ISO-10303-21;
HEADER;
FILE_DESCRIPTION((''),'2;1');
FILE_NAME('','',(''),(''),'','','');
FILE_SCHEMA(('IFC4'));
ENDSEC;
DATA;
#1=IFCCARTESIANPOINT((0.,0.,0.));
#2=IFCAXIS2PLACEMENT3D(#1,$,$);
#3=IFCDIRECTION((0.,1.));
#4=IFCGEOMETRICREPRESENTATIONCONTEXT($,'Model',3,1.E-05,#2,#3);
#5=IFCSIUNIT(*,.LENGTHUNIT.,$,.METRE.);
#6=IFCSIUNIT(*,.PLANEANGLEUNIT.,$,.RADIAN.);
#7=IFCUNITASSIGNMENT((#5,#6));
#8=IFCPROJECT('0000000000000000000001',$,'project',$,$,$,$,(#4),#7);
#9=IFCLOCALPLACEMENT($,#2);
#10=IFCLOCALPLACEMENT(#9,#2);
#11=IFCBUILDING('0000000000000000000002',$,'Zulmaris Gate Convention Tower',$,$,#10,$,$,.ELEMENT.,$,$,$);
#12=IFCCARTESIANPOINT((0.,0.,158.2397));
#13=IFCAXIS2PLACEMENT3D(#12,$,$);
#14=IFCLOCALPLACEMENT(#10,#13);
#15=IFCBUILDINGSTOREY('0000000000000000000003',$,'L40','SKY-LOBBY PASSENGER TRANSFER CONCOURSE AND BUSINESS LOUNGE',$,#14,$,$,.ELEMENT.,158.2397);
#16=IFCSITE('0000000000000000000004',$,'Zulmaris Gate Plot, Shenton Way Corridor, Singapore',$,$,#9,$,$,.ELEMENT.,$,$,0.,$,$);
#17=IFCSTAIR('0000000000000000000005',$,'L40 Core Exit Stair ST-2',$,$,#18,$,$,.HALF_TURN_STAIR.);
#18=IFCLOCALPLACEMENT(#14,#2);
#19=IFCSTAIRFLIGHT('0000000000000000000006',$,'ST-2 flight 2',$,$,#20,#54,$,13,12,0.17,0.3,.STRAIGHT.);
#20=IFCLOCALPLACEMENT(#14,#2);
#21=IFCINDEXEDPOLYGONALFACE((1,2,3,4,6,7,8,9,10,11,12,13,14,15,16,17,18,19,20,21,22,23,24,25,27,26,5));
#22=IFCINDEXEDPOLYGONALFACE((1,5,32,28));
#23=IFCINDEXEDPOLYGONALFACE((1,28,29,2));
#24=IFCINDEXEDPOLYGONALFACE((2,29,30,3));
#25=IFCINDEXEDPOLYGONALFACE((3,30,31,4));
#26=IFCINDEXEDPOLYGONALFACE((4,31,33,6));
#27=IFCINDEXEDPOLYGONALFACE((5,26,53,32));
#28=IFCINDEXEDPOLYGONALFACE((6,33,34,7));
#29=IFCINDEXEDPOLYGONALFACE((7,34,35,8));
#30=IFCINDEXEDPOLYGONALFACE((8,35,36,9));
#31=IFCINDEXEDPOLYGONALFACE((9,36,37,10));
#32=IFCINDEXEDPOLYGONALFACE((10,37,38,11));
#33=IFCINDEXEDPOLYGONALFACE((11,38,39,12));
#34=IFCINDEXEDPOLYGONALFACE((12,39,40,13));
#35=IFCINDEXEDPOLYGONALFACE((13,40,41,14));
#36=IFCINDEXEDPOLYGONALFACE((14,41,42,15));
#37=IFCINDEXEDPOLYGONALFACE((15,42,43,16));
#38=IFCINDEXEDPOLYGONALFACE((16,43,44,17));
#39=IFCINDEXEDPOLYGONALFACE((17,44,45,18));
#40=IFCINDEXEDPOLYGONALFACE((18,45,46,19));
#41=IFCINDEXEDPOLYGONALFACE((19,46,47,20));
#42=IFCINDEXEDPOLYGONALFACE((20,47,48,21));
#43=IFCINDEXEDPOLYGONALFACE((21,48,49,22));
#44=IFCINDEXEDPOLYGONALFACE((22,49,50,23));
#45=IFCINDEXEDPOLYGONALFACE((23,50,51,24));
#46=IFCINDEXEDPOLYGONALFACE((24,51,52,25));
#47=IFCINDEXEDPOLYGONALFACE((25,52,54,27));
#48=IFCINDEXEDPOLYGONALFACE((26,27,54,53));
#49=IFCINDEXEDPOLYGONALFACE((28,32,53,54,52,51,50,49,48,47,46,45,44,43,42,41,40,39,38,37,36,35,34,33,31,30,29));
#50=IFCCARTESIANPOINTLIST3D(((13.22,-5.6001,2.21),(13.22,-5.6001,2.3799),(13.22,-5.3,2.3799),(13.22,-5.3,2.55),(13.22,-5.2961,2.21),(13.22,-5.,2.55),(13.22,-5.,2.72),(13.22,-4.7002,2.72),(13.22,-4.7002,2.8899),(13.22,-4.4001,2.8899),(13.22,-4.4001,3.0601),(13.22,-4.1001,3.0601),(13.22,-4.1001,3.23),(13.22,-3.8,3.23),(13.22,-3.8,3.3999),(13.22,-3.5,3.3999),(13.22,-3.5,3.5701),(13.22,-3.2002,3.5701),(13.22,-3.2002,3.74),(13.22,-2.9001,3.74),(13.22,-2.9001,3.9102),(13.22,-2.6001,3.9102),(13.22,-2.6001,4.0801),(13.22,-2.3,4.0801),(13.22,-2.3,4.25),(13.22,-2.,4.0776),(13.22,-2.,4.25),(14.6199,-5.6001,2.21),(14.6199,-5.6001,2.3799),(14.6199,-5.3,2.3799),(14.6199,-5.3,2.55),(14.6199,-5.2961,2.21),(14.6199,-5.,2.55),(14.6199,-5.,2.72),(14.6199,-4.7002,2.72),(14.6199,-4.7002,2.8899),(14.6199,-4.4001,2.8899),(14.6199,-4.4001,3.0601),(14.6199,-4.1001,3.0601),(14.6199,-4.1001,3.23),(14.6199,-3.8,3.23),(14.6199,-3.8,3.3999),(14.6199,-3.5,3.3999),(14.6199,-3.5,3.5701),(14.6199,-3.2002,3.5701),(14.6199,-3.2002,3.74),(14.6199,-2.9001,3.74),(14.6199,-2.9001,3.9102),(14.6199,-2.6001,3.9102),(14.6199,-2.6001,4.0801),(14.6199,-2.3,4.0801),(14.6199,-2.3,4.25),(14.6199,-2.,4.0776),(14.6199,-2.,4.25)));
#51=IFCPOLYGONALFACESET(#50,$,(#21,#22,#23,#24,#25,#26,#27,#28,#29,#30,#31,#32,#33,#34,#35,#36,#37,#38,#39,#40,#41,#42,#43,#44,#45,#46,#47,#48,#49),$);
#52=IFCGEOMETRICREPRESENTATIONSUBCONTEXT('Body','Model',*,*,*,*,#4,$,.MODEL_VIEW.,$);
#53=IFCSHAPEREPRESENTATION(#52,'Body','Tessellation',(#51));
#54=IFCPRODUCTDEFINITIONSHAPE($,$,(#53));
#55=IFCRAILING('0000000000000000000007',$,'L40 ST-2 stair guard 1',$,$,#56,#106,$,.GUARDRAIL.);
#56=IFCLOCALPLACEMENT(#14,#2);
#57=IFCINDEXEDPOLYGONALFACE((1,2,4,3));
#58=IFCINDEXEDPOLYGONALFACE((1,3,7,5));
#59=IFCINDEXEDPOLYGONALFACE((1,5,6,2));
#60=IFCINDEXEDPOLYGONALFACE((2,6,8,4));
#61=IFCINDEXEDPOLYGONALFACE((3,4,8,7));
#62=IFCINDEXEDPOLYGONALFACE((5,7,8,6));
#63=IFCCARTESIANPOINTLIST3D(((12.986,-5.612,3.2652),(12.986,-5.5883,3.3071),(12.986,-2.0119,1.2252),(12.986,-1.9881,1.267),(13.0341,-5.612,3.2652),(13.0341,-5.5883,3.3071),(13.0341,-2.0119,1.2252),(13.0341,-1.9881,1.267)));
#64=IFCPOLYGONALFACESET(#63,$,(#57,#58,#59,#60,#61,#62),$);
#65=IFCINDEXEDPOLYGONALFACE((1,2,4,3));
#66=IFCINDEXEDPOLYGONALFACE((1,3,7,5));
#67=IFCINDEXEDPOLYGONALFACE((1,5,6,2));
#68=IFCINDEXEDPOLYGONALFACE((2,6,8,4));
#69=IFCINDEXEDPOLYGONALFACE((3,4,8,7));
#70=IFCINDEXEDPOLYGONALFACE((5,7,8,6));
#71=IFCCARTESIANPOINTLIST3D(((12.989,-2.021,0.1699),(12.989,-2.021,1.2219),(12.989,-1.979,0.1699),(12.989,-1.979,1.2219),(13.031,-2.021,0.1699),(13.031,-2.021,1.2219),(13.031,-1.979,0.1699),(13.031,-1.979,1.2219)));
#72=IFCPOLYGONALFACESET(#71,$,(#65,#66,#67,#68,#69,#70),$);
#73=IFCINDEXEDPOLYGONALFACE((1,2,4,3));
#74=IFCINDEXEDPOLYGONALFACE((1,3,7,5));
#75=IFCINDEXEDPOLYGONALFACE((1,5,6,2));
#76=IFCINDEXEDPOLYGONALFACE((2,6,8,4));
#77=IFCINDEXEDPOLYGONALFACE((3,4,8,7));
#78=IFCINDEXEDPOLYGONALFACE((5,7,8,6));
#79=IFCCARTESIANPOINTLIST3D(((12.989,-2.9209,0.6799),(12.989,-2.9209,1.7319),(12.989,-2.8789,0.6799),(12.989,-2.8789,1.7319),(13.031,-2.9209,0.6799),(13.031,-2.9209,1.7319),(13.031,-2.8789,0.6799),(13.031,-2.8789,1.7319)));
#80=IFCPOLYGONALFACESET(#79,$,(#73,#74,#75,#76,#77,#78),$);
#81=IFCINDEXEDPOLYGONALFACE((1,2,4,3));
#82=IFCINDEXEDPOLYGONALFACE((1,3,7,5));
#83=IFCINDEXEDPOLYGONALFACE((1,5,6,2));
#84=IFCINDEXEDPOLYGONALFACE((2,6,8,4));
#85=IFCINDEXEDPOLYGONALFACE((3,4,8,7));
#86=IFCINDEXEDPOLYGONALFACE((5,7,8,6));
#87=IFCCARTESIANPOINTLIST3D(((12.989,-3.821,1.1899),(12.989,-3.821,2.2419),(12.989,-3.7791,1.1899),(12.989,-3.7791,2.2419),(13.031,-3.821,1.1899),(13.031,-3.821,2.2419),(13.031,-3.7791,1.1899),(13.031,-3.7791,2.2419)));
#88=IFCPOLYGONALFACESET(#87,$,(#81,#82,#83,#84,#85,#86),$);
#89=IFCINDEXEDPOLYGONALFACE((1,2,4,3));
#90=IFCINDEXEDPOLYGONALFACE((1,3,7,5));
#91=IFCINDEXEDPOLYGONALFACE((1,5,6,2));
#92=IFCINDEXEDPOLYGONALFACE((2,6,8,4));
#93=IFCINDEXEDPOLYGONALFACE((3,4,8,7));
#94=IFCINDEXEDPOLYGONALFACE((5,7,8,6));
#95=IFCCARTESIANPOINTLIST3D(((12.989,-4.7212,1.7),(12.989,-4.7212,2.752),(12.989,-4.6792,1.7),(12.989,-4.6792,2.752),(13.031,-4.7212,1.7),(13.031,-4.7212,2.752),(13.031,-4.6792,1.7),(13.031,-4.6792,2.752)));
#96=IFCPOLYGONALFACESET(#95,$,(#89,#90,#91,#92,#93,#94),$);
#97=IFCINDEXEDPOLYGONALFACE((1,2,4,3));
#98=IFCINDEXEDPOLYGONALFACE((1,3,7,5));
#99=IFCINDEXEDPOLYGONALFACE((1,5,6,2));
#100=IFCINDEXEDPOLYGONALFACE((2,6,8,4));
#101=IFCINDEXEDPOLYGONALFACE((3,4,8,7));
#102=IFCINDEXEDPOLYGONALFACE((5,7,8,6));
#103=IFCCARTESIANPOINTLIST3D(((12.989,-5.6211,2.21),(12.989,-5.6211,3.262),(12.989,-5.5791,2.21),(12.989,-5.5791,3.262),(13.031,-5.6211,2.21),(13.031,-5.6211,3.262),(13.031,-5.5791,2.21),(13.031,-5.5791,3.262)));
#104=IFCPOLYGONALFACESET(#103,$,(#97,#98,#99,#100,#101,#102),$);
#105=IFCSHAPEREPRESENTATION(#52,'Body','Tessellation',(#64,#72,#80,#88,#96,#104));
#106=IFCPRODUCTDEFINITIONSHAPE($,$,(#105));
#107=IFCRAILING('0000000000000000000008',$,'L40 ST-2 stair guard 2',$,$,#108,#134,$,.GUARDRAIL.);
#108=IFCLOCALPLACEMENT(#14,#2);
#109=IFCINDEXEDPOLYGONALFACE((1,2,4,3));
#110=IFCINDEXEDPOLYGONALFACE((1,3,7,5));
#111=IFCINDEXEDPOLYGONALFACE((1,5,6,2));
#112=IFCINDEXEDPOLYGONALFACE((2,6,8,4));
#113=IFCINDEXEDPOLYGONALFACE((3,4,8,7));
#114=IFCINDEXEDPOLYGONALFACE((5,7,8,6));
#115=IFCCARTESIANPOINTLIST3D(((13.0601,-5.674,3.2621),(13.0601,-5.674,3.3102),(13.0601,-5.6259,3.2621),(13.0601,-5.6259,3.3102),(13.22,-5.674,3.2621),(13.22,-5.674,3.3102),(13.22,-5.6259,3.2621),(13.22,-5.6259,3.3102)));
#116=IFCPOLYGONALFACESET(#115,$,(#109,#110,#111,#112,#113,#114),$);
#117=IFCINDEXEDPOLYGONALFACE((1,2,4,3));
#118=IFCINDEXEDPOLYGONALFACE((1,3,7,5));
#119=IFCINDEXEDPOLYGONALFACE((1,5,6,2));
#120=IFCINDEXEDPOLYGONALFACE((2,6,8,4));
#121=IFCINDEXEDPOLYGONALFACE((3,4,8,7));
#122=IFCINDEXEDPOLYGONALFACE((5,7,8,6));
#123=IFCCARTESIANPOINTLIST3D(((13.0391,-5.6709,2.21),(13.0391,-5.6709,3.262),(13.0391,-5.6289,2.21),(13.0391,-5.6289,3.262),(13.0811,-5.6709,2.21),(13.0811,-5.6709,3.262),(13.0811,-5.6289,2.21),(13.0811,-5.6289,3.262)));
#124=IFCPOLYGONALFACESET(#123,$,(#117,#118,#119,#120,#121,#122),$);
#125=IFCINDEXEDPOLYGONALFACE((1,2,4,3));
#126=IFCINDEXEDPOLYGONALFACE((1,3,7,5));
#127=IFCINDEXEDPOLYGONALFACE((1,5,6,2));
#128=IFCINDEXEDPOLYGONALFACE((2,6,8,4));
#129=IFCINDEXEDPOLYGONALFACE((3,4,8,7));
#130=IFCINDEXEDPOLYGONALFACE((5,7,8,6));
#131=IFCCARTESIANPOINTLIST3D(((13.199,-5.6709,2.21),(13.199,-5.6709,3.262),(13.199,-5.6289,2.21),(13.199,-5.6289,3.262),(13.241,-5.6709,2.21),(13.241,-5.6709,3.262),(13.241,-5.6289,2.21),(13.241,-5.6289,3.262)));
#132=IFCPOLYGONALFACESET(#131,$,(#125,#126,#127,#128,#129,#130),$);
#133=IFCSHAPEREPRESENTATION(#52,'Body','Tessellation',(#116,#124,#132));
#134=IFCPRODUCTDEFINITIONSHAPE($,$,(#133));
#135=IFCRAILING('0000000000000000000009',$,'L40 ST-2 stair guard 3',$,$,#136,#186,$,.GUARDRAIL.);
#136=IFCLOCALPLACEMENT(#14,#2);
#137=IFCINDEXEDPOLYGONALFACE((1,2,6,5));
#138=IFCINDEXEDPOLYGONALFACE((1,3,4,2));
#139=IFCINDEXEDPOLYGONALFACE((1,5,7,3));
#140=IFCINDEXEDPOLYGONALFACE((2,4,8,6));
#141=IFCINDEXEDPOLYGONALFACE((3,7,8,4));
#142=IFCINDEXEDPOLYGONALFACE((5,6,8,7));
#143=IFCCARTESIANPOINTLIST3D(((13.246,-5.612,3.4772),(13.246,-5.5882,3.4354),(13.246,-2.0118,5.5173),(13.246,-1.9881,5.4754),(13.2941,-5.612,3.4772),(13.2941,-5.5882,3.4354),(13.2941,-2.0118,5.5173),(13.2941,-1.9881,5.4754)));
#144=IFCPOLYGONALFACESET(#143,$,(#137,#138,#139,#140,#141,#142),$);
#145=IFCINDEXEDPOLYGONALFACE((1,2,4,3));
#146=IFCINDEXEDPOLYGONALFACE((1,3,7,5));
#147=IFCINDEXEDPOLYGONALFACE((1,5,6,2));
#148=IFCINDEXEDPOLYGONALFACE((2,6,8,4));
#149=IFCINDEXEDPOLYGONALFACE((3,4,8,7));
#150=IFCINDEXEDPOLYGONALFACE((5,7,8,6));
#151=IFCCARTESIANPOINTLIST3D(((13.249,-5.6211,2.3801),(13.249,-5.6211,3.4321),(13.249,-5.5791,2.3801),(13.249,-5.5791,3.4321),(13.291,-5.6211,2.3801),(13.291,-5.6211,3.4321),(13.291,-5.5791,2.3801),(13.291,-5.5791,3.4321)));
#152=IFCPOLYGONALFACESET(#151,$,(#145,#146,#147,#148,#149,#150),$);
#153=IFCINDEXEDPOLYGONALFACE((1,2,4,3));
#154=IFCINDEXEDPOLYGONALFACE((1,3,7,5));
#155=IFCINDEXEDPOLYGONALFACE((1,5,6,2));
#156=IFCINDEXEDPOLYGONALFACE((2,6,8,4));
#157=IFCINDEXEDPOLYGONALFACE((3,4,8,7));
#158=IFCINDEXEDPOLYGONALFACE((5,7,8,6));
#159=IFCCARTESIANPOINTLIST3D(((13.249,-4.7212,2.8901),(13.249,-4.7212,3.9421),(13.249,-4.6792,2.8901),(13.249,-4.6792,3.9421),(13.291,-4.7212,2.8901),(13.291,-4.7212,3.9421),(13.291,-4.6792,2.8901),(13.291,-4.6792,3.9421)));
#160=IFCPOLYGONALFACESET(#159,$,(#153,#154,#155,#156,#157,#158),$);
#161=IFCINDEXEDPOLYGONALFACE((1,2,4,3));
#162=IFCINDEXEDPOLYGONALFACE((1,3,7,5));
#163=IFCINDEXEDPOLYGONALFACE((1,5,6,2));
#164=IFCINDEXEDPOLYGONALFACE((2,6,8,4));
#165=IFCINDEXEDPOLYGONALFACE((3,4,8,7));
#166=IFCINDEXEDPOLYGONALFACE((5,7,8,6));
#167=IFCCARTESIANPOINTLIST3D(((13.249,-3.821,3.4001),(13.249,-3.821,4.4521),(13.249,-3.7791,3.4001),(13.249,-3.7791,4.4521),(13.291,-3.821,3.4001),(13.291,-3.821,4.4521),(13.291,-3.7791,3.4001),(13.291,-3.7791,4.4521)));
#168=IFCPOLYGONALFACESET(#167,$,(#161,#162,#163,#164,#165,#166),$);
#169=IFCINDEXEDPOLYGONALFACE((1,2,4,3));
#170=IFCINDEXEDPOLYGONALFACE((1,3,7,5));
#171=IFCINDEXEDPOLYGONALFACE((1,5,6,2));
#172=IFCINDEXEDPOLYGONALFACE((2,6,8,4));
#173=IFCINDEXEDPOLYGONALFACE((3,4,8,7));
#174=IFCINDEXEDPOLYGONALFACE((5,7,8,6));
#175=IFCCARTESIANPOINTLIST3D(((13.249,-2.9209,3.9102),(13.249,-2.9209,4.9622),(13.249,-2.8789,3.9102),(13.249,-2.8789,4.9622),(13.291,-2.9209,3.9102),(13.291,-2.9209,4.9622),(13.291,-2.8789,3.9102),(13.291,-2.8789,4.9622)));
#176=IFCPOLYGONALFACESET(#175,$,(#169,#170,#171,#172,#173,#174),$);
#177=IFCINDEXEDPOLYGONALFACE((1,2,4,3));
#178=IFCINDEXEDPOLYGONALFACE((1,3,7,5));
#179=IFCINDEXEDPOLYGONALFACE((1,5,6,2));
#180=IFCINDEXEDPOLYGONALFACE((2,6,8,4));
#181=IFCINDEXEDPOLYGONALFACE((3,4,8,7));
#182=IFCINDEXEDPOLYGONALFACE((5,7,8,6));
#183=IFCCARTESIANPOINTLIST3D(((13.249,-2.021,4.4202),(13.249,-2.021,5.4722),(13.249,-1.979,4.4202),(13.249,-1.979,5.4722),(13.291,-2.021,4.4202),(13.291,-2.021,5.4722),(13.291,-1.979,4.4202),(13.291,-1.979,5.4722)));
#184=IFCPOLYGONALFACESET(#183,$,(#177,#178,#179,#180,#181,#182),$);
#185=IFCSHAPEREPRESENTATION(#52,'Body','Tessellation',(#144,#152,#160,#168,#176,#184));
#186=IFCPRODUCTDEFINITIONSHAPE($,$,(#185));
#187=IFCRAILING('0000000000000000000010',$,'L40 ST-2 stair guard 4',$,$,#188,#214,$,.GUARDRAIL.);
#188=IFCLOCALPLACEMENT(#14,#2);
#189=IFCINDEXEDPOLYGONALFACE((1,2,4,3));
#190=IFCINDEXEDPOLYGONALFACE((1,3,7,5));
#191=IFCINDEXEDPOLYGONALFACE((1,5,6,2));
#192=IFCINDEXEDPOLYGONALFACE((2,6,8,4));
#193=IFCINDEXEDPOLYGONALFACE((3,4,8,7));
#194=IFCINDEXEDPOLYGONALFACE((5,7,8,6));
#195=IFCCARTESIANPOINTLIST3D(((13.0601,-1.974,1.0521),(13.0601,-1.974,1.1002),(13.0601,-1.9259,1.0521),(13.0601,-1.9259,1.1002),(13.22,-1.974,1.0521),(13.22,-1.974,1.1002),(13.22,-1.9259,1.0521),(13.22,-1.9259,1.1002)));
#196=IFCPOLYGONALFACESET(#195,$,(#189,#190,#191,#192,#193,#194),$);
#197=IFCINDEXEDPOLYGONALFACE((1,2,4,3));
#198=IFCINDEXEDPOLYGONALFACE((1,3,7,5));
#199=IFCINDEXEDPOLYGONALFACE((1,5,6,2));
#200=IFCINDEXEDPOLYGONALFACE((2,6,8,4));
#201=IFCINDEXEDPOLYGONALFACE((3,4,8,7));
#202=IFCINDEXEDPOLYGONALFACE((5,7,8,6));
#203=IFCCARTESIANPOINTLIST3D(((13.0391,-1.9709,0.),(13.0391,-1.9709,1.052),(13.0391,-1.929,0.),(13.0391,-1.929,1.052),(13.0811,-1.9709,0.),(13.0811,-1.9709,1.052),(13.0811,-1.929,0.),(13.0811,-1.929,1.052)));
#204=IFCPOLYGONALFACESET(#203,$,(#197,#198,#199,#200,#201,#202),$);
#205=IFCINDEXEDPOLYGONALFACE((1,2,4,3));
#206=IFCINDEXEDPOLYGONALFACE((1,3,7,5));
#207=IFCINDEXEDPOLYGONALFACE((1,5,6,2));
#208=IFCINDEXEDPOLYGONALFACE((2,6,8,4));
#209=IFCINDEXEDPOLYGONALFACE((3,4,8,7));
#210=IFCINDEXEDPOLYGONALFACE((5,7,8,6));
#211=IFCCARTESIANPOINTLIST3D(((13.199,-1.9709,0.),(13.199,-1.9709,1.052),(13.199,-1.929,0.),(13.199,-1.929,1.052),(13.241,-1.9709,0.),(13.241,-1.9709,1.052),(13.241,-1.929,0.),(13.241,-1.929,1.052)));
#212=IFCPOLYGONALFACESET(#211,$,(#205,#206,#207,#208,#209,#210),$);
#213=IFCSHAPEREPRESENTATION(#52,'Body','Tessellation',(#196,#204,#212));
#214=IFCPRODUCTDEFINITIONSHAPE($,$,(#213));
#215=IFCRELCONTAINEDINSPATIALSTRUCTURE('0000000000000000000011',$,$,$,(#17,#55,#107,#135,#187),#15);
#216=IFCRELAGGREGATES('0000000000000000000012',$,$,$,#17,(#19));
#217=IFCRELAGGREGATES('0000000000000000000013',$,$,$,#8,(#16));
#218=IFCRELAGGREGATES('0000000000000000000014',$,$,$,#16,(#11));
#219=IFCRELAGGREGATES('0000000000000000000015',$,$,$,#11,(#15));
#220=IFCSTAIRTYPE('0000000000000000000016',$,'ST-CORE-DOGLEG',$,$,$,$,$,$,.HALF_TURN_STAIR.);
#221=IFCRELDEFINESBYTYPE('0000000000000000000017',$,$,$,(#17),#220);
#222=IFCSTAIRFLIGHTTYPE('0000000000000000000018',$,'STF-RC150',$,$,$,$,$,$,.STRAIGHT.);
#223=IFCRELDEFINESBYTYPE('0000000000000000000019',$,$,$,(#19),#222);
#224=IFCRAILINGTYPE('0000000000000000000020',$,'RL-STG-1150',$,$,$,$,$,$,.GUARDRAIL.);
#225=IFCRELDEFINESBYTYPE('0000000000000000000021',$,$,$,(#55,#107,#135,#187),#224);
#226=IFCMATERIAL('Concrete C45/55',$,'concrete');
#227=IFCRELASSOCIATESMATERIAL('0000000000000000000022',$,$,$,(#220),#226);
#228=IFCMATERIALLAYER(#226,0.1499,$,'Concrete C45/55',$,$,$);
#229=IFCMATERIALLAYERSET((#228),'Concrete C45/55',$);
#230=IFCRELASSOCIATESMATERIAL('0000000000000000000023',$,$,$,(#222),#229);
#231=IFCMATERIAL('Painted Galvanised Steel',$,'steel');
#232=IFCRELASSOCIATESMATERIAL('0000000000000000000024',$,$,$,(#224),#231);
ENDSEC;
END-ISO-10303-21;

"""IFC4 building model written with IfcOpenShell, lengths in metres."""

from ifc_helpers import new_model, si_unit, direction, frame, origin, origin_2d, place, context, subcontext, project, spatial, polyline, rectangle, outline, extrude, material, layer, layer_set, type_object, element, aggregate, save


model = new_model("IFC4")

# Units and contexts
model_context = context("Model", 3, precision=1e-05, world=origin(), true_north=direction((0.0, 1.0)))
body_context = subcontext(model_context, "Body", "Model", "MODEL_VIEW")
ifc_project = project(units=[si_unit("LENGTHUNIT", "METRE"), si_unit("PLANEANGLEUNIT", "RADIAN")], contexts=[model_context])

# Site, building, storey
site_placement = place(None, origin())
site = spatial("IfcSite", under=ifc_project, at=site_placement, Name="Zulmaris Gate Plot, Shenton Way Corridor, Singapore", CompositionType="ELEMENT", RefElevation=0.0)
building_placement = place(site_placement, origin())
building = spatial("IfcBuilding", under=site, at=building_placement, Name="Zulmaris Gate Convention Tower", CompositionType="ELEMENT")
storey_placement = place(building_placement, frame((0.0, 0.0, 158.2397)))
storey = spatial("IfcBuildingStorey", under=building, at=storey_placement, Name="L40", Description="SKY-LOBBY PASSENGER TRANSFER CONCOURSE AND BUSINESS LOUNGE", CompositionType="ELEMENT", Elevation=158.2397)

# Stair, stair flight
ifc_material_1 = material(Name="Concrete C45/55", Category="concrete")
stair_type = type_object("IfcStairType", Name="ST-CORE-DOGLEG", PredefinedType="HALF_TURN_STAIR", material=ifc_material_1)
stair_placement = place(storey_placement, origin())
stair = element("IfcStair", 1, at=stair_placement, inside=storey, type_object=stair_type, Name="L40 Core Exit Stair ST-2", PredefinedType="HALF_TURN_STAIR")
ifc_layer_1 = layer(ifc_material_1, 0.1499, Name="Concrete C45/55")
ifc_layer_set_1 = layer_set([ifc_layer_1], Name="Concrete C45/55")
stair_flight_type = type_object("IfcStairFlightType", Name="STF-RC150", PredefinedType="STRAIGHT", material=ifc_layer_set_1)
stair_flight_1_placement = place(storey_placement, frame((13.9199, -5.6001, 2.21), z_axis=(0.0, 0.0, 1.0), x_axis=(0.0, 1.0, 0.0)))
stair_flight_1 = element("IfcStairFlight", 2, at=stair_flight_1_placement, type_object=stair_flight_type, Name="ST-2 flight 2", NumberOfRisers=13, NumberOfTreads=12, PredefinedType="STRAIGHT", RiserHeight=0.17, TreadLength=0.3, context=body_context, shape_type="SweptSolid", body=[
    extrude(outline(polyline([(0.0, 0.0), (0.0, 0.1699), (0.3, 0.1699), (0.3, 0.3401), (0.6001, 0.3401), (0.6001, 0.51), (0.8999, 0.51), (0.8999, 0.6799), (1.2, 0.6799), (1.2, 0.8501), (1.5, 0.8501), (1.5, 1.02), (1.8, 1.02), (1.8, 1.1899), (2.1001, 1.1899), (2.1001, 1.3601), (2.3999, 1.3601), (2.3999, 1.53), (2.7, 1.53), (2.7, 1.7002), (3.0, 1.7002), (3.0, 1.8701), (3.3, 1.8701), (3.3, 2.04), (3.6001, 2.04), (3.6001, 2.2102), (3.6001, 1.8677), (0.304, 0.0), (0.0, 0.0)])), frame((0.0, 0.7, 0.0), z_axis=(0.0, -1.0, 0.0), x_axis=(1.0, 0.0, 0.0)), (0.0, 0.0, 1.0), 1.3999),
])
aggregate(stair, [stair_flight_1])

# Railings
ifc_material_2 = material(Name="Painted Galvanised Steel", Category="steel")
railing_type_1 = type_object("IfcRailingType", Name="RL-STG-1150", PredefinedType="GUARDRAIL", material=ifc_material_2)
railing_1_placement = place(storey_placement, frame((13.01, -2.0, 0.1699)))
element("IfcRailing", 3, at=railing_1_placement, inside=storey, type_object=railing_type_1, Name="L40 ST-2 stair guard 1", PredefinedType="GUARDRAIL", context=body_context, shape_type="SweptSolid", body=[
    extrude(rectangle(XDim=0.0481, YDim=0.0481, at=origin_2d()), frame((0.0, 0.0, 1.0762), z_axis=(0.0, -0.870024, 0.49301), x_axis=(1.0, 0.0, 0.0)), (0.0, 0.0, 1.0), 4.1379),
    extrude(rectangle(XDim=0.042, YDim=0.042, at=origin_2d()), origin(), (0.0, 0.0, 1.0), 1.052),
    extrude(rectangle(XDim=0.042, YDim=0.042, at=origin_2d()), frame((0.0, -0.8999, 0.51)), (0.0, 0.0, 1.0), 1.052),
    extrude(rectangle(XDim=0.042, YDim=0.042, at=origin_2d()), frame((0.0, -1.8, 1.02)), (0.0, 0.0, 1.0), 1.052),
    extrude(rectangle(XDim=0.042, YDim=0.042, at=origin_2d()), frame((0.0, -2.7002, 1.53)), (0.0, 0.0, 1.0), 1.052),
    extrude(rectangle(XDim=0.042, YDim=0.042, at=origin_2d()), frame((0.0, -3.6001, 2.04)), (0.0, 0.0, 1.0), 1.052),
])
railing_2_placement = place(storey_placement, frame((13.0601, -5.6499, 2.21)))
element("IfcRailing", 4, at=railing_2_placement, inside=storey, type_object=railing_type_1, Name="L40 ST-2 stair guard 2", PredefinedType="GUARDRAIL", context=body_context, shape_type="SweptSolid", body=[
    extrude(rectangle(XDim=0.0481, YDim=0.0481, at=origin_2d()), frame((0.0, 0.0, 1.0762), z_axis=(1.0, 0.0, 0.0), x_axis=(0.0, 1.0, 0.0)), (0.0, 0.0, 1.0), 0.1599),
    extrude(rectangle(XDim=0.042, YDim=0.042, at=origin_2d()), origin(), (0.0, 0.0, 1.0), 1.052),
    extrude(rectangle(XDim=0.042, YDim=0.042, at=origin_2d()), frame((0.1599, 0.0, 0.0)), (0.0, 0.0, 1.0), 1.052),
])
railing_3_placement = place(storey_placement, frame((13.27, -5.6001, 2.3801)))
element("IfcRailing", 5, at=railing_3_placement, inside=storey, type_object=railing_type_1, Name="L40 ST-2 stair guard 3", PredefinedType="GUARDRAIL", context=body_context, shape_type="SweptSolid", body=[
    extrude(rectangle(XDim=0.0481, YDim=0.0481, at=origin_2d()), frame((0.0, 0.0, 1.0762), z_axis=(0.0, 0.870024, 0.49301), x_axis=(-1.0, 0.0, 0.0)), (0.0, 0.0, 1.0), 4.1379),
    extrude(rectangle(XDim=0.042, YDim=0.042, at=origin_2d()), origin(), (0.0, 0.0, 1.0), 1.052),
    extrude(rectangle(XDim=0.042, YDim=0.042, at=origin_2d()), frame((0.0, 0.8999, 0.51)), (0.0, 0.0, 1.0), 1.052),
    extrude(rectangle(XDim=0.042, YDim=0.042, at=origin_2d()), frame((0.0, 1.8, 1.02)), (0.0, 0.0, 1.0), 1.052),
    extrude(rectangle(XDim=0.042, YDim=0.042, at=origin_2d()), frame((0.0, 2.7002, 1.53)), (0.0, 0.0, 1.0), 1.052),
    extrude(rectangle(XDim=0.042, YDim=0.042, at=origin_2d()), frame((0.0, 3.6001, 2.04)), (0.0, 0.0, 1.0), 1.052),
])
railing_4_placement = place(storey_placement, frame((13.0601, -1.95, 0.0)))
element("IfcRailing", 6, at=railing_4_placement, inside=storey, type_object=railing_type_1, Name="L40 ST-2 stair guard 4", PredefinedType="GUARDRAIL", context=body_context, shape_type="SweptSolid", body=[
    extrude(rectangle(XDim=0.0481, YDim=0.0481, at=origin_2d()), frame((0.0, 0.0, 1.0762), z_axis=(1.0, 0.0, 0.0), x_axis=(0.0, 1.0, 0.0)), (0.0, 0.0, 1.0), 0.1599),
    extrude(rectangle(XDim=0.042, YDim=0.042, at=origin_2d()), origin(), (0.0, 0.0, 1.0), 1.052),
    extrude(rectangle(XDim=0.042, YDim=0.042, at=origin_2d()), frame((0.1599, 0.0, 0.0)), (0.0, 0.0, 1.0), 1.052),
])

save(model, "model.ifc")
